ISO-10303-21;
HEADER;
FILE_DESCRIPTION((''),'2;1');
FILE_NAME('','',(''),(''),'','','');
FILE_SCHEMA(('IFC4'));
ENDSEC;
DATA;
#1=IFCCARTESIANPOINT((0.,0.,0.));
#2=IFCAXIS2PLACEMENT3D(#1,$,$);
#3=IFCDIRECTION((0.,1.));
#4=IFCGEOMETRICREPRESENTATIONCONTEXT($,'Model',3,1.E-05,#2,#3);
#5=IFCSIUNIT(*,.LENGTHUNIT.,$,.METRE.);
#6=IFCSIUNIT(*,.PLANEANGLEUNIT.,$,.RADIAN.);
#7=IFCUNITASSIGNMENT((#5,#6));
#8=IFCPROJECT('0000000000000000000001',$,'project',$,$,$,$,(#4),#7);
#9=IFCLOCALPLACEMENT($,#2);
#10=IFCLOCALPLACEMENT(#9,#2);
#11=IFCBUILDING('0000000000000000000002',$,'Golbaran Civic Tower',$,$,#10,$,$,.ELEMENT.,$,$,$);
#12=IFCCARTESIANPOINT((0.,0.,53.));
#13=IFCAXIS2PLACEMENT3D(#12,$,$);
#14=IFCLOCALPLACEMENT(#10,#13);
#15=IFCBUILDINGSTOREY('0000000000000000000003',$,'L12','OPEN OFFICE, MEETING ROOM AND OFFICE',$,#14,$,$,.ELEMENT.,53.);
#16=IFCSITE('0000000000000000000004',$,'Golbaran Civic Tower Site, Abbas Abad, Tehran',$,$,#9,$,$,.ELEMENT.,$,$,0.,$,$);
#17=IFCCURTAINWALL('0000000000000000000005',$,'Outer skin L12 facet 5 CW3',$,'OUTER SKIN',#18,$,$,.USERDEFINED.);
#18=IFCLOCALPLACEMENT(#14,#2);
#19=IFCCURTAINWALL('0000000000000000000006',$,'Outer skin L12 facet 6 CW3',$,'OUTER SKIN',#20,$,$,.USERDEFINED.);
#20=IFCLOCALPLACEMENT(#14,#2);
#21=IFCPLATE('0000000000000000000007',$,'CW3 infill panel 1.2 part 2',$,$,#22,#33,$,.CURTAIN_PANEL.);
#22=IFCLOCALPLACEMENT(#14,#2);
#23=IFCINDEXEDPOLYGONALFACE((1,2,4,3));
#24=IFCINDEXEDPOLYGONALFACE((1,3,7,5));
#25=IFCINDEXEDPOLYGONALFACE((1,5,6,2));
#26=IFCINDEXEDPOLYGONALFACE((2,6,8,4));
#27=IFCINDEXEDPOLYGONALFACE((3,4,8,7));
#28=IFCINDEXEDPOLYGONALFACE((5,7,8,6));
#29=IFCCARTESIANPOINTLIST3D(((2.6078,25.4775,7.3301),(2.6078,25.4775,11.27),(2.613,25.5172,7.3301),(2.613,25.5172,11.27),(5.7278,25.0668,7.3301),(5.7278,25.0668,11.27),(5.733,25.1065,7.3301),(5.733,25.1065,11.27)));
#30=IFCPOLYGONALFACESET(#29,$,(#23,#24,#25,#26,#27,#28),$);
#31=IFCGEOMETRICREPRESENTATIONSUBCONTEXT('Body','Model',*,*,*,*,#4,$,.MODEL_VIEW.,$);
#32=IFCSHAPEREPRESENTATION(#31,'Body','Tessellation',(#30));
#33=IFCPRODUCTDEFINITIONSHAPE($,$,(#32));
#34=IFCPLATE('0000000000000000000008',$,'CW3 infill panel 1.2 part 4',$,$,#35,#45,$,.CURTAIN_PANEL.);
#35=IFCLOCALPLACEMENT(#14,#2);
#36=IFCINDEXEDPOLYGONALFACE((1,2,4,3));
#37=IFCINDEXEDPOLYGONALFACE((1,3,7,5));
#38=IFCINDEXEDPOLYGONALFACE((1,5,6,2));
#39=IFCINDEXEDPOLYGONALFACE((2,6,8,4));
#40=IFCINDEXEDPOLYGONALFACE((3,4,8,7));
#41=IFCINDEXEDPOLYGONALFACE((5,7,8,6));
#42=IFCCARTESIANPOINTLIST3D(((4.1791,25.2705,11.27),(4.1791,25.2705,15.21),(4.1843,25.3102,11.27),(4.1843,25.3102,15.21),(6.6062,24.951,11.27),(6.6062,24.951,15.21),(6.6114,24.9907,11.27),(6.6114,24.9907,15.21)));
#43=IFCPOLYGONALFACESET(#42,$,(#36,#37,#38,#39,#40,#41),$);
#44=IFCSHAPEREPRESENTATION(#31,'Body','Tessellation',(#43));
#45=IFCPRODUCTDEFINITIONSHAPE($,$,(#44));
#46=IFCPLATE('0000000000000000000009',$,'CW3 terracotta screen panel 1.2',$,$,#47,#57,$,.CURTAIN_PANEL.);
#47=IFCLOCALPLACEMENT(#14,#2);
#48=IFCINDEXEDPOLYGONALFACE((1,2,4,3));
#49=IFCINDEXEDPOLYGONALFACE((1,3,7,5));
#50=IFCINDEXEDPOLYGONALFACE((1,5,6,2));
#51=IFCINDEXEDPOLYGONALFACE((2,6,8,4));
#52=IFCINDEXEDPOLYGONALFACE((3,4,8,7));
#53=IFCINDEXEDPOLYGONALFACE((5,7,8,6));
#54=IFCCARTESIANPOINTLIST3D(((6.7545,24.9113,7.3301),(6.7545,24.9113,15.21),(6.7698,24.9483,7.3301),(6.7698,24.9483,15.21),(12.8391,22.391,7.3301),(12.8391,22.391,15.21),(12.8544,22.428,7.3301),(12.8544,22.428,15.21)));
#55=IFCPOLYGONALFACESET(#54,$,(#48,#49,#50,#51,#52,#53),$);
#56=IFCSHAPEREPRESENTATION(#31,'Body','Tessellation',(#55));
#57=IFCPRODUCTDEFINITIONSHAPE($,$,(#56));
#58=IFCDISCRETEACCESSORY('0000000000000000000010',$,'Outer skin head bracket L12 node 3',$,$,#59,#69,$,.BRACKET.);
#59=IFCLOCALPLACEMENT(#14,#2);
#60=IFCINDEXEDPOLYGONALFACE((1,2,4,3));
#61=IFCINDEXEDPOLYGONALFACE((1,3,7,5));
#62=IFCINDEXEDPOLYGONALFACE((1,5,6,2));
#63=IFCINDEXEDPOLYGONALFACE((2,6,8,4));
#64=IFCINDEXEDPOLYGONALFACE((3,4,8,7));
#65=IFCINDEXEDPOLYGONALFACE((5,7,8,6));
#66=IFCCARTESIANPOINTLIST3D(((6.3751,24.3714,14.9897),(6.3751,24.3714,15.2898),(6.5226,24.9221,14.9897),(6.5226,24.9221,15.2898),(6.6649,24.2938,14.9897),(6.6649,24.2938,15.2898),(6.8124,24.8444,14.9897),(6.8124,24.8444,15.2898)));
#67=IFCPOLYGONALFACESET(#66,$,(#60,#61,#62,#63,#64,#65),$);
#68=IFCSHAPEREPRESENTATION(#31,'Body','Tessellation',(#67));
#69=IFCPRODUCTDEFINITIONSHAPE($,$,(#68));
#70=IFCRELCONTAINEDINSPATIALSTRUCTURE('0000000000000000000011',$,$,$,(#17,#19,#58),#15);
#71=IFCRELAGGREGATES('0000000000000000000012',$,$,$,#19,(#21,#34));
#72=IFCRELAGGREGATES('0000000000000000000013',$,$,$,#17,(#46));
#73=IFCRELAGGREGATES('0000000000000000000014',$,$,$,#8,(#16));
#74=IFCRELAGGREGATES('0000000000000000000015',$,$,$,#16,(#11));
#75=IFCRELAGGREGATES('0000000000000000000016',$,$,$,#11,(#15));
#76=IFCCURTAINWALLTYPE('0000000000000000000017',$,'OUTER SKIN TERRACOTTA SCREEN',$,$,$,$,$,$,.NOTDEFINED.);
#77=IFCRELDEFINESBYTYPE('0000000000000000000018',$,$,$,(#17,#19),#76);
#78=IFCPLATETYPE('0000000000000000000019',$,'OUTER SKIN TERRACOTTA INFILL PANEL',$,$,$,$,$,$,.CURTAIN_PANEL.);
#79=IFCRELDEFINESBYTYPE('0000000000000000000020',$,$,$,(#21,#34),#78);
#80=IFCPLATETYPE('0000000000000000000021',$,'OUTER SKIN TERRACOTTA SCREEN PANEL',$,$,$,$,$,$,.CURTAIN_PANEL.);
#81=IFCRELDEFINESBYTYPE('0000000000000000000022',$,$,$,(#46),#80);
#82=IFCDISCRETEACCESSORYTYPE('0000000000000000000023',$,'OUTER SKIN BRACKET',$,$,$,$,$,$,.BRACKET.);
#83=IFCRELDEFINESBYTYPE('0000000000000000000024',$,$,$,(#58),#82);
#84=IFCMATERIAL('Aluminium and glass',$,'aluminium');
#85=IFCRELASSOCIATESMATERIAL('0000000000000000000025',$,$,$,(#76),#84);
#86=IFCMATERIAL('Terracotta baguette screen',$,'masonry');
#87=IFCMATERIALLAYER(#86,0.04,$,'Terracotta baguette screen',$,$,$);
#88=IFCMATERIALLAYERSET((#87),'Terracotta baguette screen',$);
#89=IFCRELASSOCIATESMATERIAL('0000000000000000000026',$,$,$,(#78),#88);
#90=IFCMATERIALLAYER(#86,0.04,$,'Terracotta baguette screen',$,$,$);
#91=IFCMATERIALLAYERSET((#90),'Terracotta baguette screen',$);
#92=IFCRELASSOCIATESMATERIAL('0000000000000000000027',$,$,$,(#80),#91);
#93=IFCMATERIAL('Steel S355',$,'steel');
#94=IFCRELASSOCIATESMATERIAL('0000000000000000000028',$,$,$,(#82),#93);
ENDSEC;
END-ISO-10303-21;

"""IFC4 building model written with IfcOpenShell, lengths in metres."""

from ifc_helpers import new_model, si_unit, direction, frame, origin, origin_2d, place, context, subcontext, project, spatial, rectangle, extrude, material, layer, layer_set, type_object, element, aggregate, save


model = new_model("IFC4")

# Units and contexts
model_context = context("Model", 3, precision=1e-05, world=origin(), true_north=direction((0.0, 1.0)))
body_context = subcontext(model_context, "Body", "Model", "MODEL_VIEW")
ifc_project = project(units=[si_unit("LENGTHUNIT", "METRE"), si_unit("PLANEANGLEUNIT", "RADIAN")], contexts=[model_context])

# Site, building, storey
site_placement = place(None, origin())
site = spatial("IfcSite", under=ifc_project, at=site_placement, Name="Golbaran Civic Tower Site, Abbas Abad, Tehran", CompositionType="ELEMENT", RefElevation=0.0)
building_placement = place(site_placement, origin())
building = spatial("IfcBuilding", under=site, at=building_placement, Name="Golbaran Civic Tower", CompositionType="ELEMENT")
storey_placement = place(building_placement, frame((0.0, 0.0, 53.0)))
storey = spatial("IfcBuildingStorey", under=building, at=storey_placement, Name="L12", Description="OPEN OFFICE, MEETING ROOM AND OFFICE", CompositionType="ELEMENT", Elevation=53.0)

# Curtain walls
ifc_material_1 = material(Name="Aluminium and glass", Category="aluminium")
curtain_wall_type_1 = type_object("IfcCurtainWallType", Name="OUTER SKIN TERRACOTTA SCREEN", PredefinedType="NOTDEFINED", material=ifc_material_1)
curtain_wall_1_placement = place(storey_placement, origin())
curtain_wall_1 = element("IfcCurtainWall", 1, at=curtain_wall_1_placement, inside=storey, type_object=curtain_wall_type_1, Name="Outer skin L12 facet 5 CW3", ObjectType="OUTER SKIN", PredefinedType="USERDEFINED")
curtain_wall_2_placement = place(storey_placement, origin())
curtain_wall_2 = element("IfcCurtainWall", 2, at=curtain_wall_2_placement, inside=storey, type_object=curtain_wall_type_1, Name="Outer skin L12 facet 6 CW3", ObjectType="OUTER SKIN", PredefinedType="USERDEFINED")

# Plates
ifc_material_2 = material(Name="Terracotta baguette screen", Category="masonry")
ifc_layer_1 = layer(ifc_material_2, 0.04, Name="Terracotta baguette screen")
ifc_layer_set_1 = layer_set([ifc_layer_1], Name="Terracotta baguette screen")
plate_type_1 = type_object("IfcPlateType", Name="OUTER SKIN TERRACOTTA INFILL PANEL", PredefinedType="CURTAIN_PANEL", material=ifc_layer_set_1)
plate_1_placement = place(storey_placement, frame((4.1704, 25.292, 7.3301), z_axis=(0.0, 0.0, 1.0), x_axis=(-0.991445, 0.130526, 0.0)))
plate_1 = element("IfcPlate", 3, at=plate_1_placement, type_object=plate_type_1, Name="CW3 infill panel 1.2 part 2", PredefinedType="CURTAIN_PANEL", context=body_context, shape_type="SweptSolid", body=[
    extrude(rectangle(XDim=3.147, YDim=0.04, at=origin_2d()), origin(), (0.0, 0.0, 1.0), 3.9399),
])
plate_2_placement = place(storey_placement, frame((5.3953, 25.1306, 11.27), z_axis=(0.0, 0.0, 1.0), x_axis=(-0.991445, 0.130526, 0.0)))
plate_2 = element("IfcPlate", 4, at=plate_2_placement, type_object=plate_type_1, Name="CW3 infill panel 1.2 part 4", PredefinedType="CURTAIN_PANEL", context=body_context, shape_type="SweptSolid", body=[
    extrude(rectangle(XDim=2.448, YDim=0.04, at=origin_2d()), origin(), (0.0, 0.0, 1.0), 3.9399),
])
aggregate(curtain_wall_2, [plate_1, plate_2])
ifc_layer_2 = layer(ifc_material_2, 0.04, Name="Terracotta baguette screen")
ifc_layer_set_2 = layer_set([ifc_layer_2], Name="Terracotta baguette screen")
plate_type_2 = type_object("IfcPlateType", Name="OUTER SKIN TERRACOTTA SCREEN PANEL", PredefinedType="CURTAIN_PANEL", material=ifc_layer_set_2)
plate_3_placement = place(storey_placement, frame((9.8044, 23.6697, 7.3301), z_axis=(0.0, 0.0, 1.0), x_axis=(-0.92388, 0.382683, 0.0)))
plate_3 = element("IfcPlate", 5, at=plate_3_placement, type_object=plate_type_2, Name="CW3 terracotta screen panel 1.2", PredefinedType="CURTAIN_PANEL", context=body_context, shape_type="SweptSolid", body=[
    extrude(rectangle(XDim=6.5859, YDim=0.04, at=origin_2d()), origin(), (0.0, 0.0, 1.0), 7.8799),
])
aggregate(curtain_wall_1, [plate_3])

# Discrete accessory
ifc_material_3 = material(Name="Steel S355", Category="steel")
discrete_accessory_type = type_object("IfcDiscreteAccessoryType", Name="OUTER SKIN BRACKET", PredefinedType="BRACKET", material=ifc_material_3)
discrete_accessory_placement = place(storey_placement, frame((6.5938, 24.6079, 14.9897), z_axis=(0.0, 0.0, 1.0), x_axis=(0.258819, 0.965926, 0.0)))
element("IfcDiscreteAccessory", 6, at=discrete_accessory_placement, inside=storey, type_object=discrete_accessory_type, Name="Outer skin head bracket L12 node 3", PredefinedType="BRACKET", context=body_context, shape_type="SweptSolid", body=[
    extrude(rectangle(XDim=0.5701, YDim=0.3, at=origin_2d()), origin(), (0.0, 0.0, 1.0), 0.3),
])

save(model, "model.ifc")
